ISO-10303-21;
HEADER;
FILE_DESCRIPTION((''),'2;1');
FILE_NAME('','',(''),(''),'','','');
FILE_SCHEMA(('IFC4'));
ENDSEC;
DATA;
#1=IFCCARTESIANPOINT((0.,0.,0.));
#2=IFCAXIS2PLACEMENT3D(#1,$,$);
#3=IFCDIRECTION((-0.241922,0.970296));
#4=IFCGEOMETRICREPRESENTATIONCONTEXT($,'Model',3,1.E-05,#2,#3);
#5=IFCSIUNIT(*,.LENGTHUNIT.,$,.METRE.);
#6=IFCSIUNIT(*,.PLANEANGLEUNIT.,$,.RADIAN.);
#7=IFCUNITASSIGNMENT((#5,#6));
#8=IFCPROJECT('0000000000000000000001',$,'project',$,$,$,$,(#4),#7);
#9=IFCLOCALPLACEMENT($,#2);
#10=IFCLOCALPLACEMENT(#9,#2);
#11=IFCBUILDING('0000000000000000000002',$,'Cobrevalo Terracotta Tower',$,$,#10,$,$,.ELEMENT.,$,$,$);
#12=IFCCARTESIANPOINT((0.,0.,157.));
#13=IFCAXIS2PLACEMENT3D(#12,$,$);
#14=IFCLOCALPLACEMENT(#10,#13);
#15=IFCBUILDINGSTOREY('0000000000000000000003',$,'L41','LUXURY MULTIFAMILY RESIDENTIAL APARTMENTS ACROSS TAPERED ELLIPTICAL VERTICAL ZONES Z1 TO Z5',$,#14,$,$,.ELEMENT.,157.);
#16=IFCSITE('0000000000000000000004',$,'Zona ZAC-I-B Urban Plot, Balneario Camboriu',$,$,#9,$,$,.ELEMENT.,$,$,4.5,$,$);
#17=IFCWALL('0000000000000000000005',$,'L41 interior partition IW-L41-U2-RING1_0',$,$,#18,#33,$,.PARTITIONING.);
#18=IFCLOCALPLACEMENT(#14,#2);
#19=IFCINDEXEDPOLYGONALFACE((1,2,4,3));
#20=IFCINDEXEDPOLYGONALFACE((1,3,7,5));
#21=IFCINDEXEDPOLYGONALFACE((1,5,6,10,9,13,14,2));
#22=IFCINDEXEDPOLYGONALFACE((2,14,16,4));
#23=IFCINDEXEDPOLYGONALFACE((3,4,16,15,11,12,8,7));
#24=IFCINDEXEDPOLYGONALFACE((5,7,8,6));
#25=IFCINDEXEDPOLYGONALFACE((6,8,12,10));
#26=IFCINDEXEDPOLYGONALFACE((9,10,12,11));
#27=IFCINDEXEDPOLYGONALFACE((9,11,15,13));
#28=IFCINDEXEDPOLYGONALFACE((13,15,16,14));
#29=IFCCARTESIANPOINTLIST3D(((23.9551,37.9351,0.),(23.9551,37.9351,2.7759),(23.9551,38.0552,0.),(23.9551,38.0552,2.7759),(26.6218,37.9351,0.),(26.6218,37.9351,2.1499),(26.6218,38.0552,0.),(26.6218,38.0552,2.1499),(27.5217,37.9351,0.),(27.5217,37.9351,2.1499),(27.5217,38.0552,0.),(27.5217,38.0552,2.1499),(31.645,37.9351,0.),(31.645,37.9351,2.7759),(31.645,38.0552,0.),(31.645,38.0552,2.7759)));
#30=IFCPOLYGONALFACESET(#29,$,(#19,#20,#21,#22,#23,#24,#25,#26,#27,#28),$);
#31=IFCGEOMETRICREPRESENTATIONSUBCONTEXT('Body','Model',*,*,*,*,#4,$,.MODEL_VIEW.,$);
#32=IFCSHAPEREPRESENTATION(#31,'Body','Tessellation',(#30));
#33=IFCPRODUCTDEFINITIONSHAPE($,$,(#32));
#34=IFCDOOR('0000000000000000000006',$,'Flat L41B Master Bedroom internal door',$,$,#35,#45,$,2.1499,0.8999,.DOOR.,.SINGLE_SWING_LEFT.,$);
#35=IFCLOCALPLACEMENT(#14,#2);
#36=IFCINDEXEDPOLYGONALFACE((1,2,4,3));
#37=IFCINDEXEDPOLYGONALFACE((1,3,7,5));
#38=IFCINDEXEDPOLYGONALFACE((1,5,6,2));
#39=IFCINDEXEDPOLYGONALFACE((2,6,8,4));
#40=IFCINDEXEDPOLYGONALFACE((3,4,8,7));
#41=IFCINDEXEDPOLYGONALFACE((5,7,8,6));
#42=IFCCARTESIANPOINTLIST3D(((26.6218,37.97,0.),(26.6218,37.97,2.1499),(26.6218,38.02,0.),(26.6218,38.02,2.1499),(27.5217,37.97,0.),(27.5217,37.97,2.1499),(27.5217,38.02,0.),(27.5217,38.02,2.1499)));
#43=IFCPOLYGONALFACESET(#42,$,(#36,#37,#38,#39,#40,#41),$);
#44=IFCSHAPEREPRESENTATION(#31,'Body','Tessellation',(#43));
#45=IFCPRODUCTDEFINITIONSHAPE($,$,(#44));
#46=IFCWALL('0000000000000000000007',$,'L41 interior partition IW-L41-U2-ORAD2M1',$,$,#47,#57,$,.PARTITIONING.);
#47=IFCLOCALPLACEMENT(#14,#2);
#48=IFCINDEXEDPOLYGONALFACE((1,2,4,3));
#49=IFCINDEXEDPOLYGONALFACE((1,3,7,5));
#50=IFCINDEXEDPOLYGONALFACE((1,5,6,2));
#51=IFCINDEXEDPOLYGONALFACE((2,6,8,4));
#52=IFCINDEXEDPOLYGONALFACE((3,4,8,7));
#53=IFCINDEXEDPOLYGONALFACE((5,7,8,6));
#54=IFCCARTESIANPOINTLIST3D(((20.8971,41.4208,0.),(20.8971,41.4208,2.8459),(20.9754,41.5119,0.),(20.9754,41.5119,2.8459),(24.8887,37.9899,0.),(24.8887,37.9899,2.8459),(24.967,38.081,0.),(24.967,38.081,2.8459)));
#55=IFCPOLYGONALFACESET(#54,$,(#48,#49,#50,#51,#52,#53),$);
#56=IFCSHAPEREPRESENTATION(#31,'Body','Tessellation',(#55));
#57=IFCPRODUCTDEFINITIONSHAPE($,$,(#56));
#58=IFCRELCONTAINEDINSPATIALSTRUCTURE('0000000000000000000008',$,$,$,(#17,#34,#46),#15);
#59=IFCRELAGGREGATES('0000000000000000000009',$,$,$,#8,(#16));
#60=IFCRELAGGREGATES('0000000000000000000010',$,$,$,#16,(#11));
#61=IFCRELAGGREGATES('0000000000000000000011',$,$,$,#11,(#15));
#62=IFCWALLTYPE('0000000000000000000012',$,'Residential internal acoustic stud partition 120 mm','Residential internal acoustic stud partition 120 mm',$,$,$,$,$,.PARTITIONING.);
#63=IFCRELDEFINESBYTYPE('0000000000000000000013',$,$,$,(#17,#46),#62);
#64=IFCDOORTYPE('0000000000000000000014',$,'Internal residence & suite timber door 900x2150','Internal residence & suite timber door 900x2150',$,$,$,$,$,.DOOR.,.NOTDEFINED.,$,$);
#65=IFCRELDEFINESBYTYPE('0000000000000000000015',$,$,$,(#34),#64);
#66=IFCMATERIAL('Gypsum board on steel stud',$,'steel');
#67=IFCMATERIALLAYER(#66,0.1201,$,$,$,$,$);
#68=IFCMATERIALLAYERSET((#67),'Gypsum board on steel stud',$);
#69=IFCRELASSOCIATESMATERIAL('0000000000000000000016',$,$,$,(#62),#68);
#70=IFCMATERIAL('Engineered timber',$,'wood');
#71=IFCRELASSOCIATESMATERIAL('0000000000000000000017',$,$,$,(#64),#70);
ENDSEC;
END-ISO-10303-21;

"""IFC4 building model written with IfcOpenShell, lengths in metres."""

from ifc_helpers import new_model, si_unit, direction, frame, frame_2d, origin, place, context, subcontext, project, spatial, rectangle, extrude, source, transform, mapped, material, layer, layer_set, type_object, element, fill, save


model = new_model("IFC4")

# Units and contexts
model_context = context("Model", 3, precision=1e-05, world=origin(), true_north=direction((-0.241922, 0.970296)))
body_context = subcontext(model_context, "Body", "Model", "MODEL_VIEW")
ifc_project = project(units=[si_unit("LENGTHUNIT", "METRE"), si_unit("PLANEANGLEUNIT", "RADIAN")], contexts=[model_context])

# Site, building, storey
site_placement = place(None, origin())
site = spatial("IfcSite", under=ifc_project, at=site_placement, Name="Zona ZAC-I-B Urban Plot, Balneario Camboriu", CompositionType="ELEMENT", RefElevation=4.5)
building_placement = place(site_placement, origin())
building = spatial("IfcBuilding", under=site, at=building_placement, Name="Cobrevalo Terracotta Tower", CompositionType="ELEMENT")
storey_placement = place(building_placement, frame((0.0, 0.0, 157.0)))
storey = spatial("IfcBuildingStorey", under=building, at=storey_placement, Name="L41", Description="LUXURY MULTIFAMILY RESIDENTIAL APARTMENTS ACROSS TAPERED ELLIPTICAL VERTICAL ZONES Z1 TO Z5", CompositionType="ELEMENT", Elevation=157.0)

# Wall, opening, door
ifc_material_1 = material(Name="Gypsum board on steel stud", Category="steel")
ifc_layer_1 = layer(ifc_material_1, 0.1201)
ifc_layer_set_1 = layer_set([ifc_layer_1], Name="Gypsum board on steel stud")
wall_type_1 = type_object("IfcWallType", Name="Residential internal acoustic stud partition 120 mm", Description="Residential internal acoustic stud partition 120 mm", PredefinedType="PARTITIONING", material=ifc_layer_set_1)
wall_1_placement = place(storey_placement, frame((23.9551, 37.9951, 0.0), z_axis=(0.0, 0.0, 1.0), x_axis=(1.0, 0.0, 0.0)))
wall_1 = element("IfcWall", 1, at=wall_1_placement, inside=storey, type_object=wall_type_1, Name="L41 interior partition IW-L41-U2-RING1_0", PredefinedType="PARTITIONING", context=body_context, shape_type="SweptSolid", body=[
    extrude(rectangle(XDim=7.6899, YDim=0.1201, at=frame_2d((3.845, 0.0))), origin(), (0.0, 0.0, 1.0), 2.7759),
])
opening_1_placement = place(wall_1_placement, frame((2.6667, 0.0, 0.0)))
opening_1 = element("IfcOpeningElement", 2, at=opening_1_placement, cuts=wall_1, PredefinedType="OPENING", context=body_context, shape_type="SweptSolid", body=[
    extrude(rectangle(XDim=0.8999, YDim=2.1499, at=frame_2d((0.45, 1.075))), frame((0.0, 0.0701, 0.0), z_axis=(0.0, -1.0, 0.0), x_axis=(1.0, 0.0, 0.0)), (0.0, 0.0, 1.0), 0.1401),
])
ifc_material_2 = material(Name="Engineered timber", Category="wood")
door_type = type_object("IfcDoorType", Name="Internal residence & suite timber door 900x2150", Description="Internal residence & suite timber door 900x2150", OperationType="NOTDEFINED", PredefinedType="DOOR", material=ifc_material_2)
shared_shape_1 = source(origin(), body_context, "Body", "SweptSolid", [
    extrude(rectangle(XDim=0.8999, YDim=2.1499, at=frame_2d((0.45, 1.075))), frame((0.0, 0.0249, 0.0), z_axis=(0.0, -1.0, 0.0), x_axis=(1.0, 0.0, 0.0)), (0.0, 0.0, 1.0), 0.05),
])
door_placement = place(opening_1_placement, origin())
door = element("IfcDoor", 3, at=door_placement, inside=storey, type_object=door_type, Name="Flat L41B Master Bedroom internal door", OperationType="SINGLE_SWING_LEFT", OverallHeight=2.1499, OverallWidth=0.8999, PredefinedType="DOOR", context=body_context, shape_type="MappedRepresentation", body=[
    mapped(shared_shape_1, transform((0.0, 0.0, 0.0), scale=1.0)),
])
fill(opening_1, door)

# Wall
wall_2_placement = place(storey_placement, frame((24.928, 38.0354, 0.0), z_axis=(0.0, 0.0, 1.0), x_axis=(-0.758369, 0.651826, 0.0)))
element("IfcWall", 4, at=wall_2_placement, inside=storey, type_object=wall_type_1, Name="L41 interior partition IW-L41-U2-ORAD2M1", PredefinedType="PARTITIONING", context=body_context, shape_type="SweptSolid", body=[
    extrude(rectangle(XDim=5.2634, YDim=0.1201, at=frame_2d((2.6318, 0.0))), origin(), (0.0, 0.0, 1.0), 2.8459),
])

save(model, "model.ifc")
